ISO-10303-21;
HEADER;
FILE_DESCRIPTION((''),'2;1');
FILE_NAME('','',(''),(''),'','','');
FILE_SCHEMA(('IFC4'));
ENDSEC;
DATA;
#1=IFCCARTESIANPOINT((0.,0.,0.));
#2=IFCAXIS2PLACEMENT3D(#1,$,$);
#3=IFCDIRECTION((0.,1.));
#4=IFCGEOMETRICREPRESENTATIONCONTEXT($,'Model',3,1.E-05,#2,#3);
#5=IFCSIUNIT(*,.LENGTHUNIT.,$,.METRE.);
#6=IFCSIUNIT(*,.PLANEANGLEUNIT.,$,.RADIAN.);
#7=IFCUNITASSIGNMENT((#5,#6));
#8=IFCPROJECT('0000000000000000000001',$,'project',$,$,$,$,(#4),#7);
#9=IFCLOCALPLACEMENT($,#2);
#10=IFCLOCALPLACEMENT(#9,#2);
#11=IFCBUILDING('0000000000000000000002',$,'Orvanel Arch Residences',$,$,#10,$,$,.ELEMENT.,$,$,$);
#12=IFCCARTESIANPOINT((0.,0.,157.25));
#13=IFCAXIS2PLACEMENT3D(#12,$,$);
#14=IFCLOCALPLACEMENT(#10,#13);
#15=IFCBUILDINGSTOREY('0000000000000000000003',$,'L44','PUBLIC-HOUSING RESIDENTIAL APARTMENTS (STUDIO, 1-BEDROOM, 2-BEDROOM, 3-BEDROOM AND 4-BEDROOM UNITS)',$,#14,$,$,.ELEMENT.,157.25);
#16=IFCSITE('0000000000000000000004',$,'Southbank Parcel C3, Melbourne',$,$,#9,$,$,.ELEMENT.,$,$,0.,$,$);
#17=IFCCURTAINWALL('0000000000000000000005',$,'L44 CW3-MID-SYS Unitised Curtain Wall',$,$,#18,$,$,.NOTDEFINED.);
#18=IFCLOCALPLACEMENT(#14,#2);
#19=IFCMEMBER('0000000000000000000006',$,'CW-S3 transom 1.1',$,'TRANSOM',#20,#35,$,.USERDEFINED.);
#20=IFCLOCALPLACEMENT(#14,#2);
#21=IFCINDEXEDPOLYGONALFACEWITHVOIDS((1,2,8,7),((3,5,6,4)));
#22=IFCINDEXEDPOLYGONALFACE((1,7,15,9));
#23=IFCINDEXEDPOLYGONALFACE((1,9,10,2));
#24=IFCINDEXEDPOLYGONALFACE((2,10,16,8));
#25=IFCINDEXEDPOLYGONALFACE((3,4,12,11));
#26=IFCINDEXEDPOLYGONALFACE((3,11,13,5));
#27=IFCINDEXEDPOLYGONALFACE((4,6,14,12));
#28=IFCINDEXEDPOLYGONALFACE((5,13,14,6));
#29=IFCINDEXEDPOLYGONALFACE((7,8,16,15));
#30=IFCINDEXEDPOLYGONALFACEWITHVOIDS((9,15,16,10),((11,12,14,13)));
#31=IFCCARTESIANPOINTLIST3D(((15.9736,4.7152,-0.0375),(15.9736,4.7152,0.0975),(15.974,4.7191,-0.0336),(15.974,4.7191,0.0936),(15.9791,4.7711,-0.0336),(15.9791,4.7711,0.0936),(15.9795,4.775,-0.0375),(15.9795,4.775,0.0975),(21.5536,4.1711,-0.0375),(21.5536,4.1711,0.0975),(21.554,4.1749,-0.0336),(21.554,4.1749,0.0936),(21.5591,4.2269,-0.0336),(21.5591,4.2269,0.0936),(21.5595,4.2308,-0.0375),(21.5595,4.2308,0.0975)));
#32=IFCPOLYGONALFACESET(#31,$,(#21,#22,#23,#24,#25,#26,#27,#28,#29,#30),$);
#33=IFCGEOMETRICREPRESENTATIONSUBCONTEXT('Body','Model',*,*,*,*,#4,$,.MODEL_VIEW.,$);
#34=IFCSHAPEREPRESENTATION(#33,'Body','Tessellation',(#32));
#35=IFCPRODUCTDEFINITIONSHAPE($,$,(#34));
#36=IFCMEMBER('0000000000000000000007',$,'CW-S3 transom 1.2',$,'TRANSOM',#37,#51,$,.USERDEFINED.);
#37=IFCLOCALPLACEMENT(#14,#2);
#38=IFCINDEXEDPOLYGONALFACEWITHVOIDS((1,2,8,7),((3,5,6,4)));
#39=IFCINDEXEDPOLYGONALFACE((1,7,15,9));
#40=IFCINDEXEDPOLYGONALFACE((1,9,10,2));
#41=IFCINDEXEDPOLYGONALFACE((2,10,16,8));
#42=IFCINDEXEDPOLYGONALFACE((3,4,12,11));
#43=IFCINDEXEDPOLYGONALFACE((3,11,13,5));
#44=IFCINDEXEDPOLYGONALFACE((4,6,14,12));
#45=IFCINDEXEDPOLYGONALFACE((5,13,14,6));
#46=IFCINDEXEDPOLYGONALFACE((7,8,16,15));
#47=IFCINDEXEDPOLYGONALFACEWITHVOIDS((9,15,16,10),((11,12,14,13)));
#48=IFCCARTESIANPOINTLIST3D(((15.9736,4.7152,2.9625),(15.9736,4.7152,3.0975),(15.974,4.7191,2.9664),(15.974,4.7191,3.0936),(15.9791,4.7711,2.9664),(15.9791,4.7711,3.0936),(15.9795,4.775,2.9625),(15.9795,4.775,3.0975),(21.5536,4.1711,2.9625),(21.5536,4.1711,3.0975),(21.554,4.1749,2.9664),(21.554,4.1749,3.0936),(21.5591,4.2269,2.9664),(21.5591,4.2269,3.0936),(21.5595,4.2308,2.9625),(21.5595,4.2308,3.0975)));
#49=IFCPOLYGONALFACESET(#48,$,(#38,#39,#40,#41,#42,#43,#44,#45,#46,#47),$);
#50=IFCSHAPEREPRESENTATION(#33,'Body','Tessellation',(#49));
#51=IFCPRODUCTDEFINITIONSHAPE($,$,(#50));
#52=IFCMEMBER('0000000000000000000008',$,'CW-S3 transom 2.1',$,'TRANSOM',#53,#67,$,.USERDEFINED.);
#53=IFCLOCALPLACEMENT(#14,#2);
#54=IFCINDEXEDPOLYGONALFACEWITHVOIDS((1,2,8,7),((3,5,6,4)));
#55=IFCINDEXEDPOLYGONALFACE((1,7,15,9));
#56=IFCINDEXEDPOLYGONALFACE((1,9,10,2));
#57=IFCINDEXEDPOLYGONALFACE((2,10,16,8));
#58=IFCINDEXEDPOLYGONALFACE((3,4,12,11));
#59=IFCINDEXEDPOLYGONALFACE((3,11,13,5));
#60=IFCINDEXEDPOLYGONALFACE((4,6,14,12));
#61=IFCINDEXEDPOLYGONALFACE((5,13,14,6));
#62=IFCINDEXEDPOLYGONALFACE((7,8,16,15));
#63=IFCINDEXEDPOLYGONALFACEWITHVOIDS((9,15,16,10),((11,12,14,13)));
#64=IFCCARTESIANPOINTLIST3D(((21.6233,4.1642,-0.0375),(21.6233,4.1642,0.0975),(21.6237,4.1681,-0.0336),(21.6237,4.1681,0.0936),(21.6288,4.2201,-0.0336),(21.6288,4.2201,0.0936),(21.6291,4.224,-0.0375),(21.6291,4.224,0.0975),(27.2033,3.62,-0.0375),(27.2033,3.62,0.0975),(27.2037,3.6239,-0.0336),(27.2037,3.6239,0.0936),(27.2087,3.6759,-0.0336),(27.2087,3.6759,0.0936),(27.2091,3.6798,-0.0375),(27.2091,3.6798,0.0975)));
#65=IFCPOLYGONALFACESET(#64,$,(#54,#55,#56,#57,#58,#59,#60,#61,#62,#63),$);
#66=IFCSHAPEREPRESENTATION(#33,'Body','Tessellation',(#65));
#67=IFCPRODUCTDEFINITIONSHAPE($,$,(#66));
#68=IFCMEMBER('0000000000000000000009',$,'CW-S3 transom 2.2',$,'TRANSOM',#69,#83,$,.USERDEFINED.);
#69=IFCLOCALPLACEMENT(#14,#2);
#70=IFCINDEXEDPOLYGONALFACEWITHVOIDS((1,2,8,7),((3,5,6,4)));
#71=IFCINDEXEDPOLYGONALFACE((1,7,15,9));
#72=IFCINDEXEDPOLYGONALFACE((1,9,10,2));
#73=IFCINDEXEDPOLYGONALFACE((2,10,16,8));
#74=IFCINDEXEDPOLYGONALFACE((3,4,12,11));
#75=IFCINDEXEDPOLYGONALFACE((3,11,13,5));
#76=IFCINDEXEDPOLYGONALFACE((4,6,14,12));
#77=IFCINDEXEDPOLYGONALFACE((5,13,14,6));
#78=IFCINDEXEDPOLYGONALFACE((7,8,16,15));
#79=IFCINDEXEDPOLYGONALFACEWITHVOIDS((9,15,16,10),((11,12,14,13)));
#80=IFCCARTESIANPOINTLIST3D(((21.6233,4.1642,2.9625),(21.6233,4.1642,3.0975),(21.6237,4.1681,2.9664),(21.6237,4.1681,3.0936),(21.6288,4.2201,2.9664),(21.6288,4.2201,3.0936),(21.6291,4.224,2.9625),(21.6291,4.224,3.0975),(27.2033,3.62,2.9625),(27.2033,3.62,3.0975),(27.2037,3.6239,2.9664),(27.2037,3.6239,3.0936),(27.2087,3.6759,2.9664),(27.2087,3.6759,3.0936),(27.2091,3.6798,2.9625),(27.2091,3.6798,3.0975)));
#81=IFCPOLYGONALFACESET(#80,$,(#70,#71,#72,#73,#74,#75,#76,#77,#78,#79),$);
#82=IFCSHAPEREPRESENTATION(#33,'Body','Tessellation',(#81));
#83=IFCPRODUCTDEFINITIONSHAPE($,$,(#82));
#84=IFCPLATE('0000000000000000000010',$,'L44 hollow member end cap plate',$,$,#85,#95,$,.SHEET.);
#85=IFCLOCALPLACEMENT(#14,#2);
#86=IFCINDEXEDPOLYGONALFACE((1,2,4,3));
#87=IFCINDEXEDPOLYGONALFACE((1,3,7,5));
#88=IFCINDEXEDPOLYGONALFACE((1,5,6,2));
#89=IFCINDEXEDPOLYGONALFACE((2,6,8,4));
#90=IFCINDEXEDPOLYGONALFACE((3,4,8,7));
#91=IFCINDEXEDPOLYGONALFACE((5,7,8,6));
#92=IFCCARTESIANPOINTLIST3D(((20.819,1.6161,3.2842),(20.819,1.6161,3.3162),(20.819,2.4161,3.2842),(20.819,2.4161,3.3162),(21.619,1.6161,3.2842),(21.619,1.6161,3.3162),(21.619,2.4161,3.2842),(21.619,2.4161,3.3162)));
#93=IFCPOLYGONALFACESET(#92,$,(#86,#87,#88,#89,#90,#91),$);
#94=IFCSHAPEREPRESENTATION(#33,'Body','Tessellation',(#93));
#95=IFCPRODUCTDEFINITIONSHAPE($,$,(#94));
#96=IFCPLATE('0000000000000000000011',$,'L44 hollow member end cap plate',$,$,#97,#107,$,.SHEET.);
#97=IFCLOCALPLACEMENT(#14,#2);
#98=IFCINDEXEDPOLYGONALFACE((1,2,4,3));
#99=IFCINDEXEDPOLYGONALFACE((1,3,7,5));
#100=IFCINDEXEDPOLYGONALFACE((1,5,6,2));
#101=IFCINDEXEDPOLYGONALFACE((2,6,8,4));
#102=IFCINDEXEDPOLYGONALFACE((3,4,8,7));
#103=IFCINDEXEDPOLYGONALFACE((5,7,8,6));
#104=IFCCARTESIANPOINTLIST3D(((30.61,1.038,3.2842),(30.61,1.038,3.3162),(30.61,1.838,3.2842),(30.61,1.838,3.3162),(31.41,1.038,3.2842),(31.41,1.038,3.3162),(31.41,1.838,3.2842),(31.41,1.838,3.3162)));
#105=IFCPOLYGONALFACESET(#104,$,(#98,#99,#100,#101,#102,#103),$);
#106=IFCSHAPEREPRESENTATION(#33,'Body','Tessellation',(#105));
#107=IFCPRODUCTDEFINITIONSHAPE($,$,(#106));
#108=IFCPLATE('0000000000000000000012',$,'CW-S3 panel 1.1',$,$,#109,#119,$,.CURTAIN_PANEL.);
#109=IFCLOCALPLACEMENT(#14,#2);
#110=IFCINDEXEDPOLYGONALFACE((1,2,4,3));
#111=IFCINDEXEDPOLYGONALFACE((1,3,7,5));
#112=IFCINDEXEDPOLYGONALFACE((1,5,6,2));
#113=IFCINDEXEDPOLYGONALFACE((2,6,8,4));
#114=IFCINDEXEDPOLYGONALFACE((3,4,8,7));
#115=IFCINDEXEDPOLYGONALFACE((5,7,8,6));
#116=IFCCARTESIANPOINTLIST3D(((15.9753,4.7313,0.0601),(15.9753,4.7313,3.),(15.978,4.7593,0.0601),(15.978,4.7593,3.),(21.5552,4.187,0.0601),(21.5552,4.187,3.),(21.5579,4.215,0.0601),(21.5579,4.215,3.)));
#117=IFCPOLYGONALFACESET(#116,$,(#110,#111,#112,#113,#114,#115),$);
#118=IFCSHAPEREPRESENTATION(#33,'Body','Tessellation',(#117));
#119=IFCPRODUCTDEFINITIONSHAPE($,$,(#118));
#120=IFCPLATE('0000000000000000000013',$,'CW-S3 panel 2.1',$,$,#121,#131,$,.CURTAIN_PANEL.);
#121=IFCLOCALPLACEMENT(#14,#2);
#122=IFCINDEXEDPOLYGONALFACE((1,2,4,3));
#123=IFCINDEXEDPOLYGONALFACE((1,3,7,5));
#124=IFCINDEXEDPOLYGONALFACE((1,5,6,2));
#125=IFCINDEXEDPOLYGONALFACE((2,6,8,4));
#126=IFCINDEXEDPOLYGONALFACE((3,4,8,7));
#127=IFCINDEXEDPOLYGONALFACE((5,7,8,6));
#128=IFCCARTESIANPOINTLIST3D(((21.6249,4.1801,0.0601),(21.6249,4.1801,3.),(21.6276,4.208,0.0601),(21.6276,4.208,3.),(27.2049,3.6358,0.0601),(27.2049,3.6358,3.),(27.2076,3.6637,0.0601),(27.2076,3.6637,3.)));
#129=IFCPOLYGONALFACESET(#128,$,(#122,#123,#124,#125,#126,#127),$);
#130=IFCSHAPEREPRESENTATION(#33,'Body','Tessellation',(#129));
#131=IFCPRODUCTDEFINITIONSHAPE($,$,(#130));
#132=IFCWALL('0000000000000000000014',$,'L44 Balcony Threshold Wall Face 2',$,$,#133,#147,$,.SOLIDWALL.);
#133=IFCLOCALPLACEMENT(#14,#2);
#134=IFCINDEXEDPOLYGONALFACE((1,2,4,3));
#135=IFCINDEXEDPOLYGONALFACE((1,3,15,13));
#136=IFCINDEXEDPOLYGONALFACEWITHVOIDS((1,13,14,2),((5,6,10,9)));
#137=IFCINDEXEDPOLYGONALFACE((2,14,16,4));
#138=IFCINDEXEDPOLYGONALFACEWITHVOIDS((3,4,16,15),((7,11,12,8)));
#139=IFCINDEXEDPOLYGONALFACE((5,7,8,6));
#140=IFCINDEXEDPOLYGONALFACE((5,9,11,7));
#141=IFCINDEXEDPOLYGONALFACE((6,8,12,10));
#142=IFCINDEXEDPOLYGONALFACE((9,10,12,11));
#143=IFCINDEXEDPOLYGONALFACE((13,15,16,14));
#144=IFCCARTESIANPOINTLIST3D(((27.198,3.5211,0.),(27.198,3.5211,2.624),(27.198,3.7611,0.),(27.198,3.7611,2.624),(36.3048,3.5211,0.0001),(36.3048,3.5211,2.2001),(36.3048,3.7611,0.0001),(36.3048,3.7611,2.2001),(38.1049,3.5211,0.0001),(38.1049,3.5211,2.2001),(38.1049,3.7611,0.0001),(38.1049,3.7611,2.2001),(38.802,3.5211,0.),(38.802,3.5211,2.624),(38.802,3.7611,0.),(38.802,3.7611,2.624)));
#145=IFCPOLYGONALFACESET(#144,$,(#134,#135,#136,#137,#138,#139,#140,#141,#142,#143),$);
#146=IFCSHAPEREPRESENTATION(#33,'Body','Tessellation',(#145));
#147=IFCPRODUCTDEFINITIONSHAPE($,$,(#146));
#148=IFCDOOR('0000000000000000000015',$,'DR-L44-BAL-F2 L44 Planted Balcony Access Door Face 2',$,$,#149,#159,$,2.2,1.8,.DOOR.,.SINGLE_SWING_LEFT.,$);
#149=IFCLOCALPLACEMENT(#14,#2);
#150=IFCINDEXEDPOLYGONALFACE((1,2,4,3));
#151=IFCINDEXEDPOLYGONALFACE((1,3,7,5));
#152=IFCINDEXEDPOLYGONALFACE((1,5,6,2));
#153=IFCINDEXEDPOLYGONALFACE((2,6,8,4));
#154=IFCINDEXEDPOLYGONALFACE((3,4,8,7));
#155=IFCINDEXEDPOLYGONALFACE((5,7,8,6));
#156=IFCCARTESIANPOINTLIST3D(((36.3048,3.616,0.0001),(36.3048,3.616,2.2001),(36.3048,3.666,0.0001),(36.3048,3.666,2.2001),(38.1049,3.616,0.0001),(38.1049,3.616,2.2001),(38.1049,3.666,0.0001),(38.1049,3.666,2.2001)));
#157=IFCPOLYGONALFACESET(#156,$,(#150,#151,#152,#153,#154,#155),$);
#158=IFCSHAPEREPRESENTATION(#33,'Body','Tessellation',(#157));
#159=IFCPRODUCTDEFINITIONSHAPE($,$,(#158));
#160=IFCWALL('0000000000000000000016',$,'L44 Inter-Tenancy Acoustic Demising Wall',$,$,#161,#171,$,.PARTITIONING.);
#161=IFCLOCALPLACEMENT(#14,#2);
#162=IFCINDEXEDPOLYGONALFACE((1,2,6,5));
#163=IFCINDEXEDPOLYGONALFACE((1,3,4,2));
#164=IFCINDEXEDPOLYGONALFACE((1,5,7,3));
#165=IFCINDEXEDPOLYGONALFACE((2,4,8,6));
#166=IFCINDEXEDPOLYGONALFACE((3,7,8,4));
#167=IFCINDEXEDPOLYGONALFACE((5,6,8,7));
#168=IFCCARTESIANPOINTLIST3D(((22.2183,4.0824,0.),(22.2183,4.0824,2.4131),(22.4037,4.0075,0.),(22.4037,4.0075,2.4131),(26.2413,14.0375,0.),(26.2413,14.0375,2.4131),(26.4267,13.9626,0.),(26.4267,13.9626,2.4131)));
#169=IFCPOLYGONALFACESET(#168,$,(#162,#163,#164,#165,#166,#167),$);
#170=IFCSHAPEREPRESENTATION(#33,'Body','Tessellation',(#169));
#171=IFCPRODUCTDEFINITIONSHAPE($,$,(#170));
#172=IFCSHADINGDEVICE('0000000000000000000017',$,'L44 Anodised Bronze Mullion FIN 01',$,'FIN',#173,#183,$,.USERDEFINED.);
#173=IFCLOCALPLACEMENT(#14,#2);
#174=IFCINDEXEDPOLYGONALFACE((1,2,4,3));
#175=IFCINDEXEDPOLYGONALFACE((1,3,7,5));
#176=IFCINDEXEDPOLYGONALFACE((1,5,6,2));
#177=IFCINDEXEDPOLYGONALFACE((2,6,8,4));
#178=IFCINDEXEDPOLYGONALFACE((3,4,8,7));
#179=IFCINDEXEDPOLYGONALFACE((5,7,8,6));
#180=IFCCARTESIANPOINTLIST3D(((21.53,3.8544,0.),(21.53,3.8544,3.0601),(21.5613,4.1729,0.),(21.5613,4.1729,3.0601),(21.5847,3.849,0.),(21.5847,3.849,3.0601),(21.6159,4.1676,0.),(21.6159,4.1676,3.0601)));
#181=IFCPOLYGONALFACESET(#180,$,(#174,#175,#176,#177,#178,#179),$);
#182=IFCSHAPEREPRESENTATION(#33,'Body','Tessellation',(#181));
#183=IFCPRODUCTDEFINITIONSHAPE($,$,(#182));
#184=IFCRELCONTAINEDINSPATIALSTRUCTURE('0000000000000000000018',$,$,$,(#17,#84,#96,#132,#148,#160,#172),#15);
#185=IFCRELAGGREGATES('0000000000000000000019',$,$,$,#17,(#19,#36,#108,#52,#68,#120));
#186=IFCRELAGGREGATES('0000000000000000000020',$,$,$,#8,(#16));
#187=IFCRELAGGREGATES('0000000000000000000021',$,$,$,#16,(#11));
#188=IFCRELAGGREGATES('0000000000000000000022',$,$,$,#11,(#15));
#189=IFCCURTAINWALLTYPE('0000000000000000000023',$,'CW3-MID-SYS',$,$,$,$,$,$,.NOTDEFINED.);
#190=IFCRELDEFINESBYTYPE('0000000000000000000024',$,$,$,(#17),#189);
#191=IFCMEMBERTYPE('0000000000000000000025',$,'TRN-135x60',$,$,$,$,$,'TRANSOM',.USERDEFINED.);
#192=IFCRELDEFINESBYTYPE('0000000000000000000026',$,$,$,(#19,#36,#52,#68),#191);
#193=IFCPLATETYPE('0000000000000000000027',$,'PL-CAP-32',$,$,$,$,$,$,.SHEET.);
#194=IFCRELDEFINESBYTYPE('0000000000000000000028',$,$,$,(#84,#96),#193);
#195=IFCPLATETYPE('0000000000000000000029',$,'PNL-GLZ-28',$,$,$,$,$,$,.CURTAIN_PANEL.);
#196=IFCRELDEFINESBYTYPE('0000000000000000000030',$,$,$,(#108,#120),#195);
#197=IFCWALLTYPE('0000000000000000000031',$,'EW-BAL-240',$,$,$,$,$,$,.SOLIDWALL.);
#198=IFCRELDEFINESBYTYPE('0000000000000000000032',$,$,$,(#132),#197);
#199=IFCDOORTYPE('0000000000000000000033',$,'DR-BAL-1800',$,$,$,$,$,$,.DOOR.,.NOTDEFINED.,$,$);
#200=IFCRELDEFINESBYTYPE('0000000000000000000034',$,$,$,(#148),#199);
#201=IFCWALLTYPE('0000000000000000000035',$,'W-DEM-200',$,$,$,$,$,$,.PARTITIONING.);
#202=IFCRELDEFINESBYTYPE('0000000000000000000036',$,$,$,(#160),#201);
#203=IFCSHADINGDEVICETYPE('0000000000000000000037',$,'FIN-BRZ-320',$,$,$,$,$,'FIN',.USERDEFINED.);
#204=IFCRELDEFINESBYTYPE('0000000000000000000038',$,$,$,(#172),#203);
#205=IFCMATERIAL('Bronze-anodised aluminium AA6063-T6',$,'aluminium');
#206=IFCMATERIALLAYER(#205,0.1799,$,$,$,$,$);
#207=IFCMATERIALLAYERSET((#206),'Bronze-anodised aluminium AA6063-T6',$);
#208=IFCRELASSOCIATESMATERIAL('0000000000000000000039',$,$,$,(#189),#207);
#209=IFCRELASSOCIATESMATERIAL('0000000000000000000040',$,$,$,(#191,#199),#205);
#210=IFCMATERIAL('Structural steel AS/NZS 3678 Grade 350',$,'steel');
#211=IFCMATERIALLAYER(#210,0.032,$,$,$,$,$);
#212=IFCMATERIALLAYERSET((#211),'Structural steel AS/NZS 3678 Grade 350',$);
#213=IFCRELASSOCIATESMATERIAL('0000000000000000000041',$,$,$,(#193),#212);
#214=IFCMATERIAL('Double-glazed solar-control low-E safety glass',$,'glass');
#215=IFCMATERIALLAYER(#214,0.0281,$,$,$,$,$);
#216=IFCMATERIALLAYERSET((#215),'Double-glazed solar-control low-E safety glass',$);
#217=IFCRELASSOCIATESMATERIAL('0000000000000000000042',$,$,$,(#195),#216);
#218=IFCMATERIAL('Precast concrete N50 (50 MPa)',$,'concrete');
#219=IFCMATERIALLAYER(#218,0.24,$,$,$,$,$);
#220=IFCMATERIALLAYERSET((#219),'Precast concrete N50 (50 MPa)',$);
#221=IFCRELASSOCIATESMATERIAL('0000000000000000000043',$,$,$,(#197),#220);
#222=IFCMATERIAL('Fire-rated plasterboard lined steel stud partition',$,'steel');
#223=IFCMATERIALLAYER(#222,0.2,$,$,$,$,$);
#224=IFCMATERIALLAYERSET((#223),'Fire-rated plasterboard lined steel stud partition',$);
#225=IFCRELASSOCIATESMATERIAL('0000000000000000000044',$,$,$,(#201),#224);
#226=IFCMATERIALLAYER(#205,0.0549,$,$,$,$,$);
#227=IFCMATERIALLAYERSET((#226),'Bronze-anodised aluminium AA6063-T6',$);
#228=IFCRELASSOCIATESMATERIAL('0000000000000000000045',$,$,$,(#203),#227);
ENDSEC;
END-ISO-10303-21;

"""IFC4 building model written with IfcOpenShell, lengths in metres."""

from ifc_helpers import new_model, si_unit, direction, frame, frame_2d, origin, origin_2d, place, context, subcontext, project, spatial, rectangle, hollow_rectangle, extrude, material, layer, layer_set, material_profile, profile_set, type_object, element, fill, aggregate, save


model = new_model("IFC4")

# Units and contexts
model_context = context("Model", 3, precision=1e-05, world=origin(), true_north=direction((0.0, 1.0)))
body_context = subcontext(model_context, "Body", "Model", "MODEL_VIEW")
ifc_project = project(units=[si_unit("LENGTHUNIT", "METRE"), si_unit("PLANEANGLEUNIT", "RADIAN")], contexts=[model_context])

# Site, building, storey
site_placement = place(None, origin())
site = spatial("IfcSite", under=ifc_project, at=site_placement, Name="Southbank Parcel C3, Melbourne", CompositionType="ELEMENT", RefElevation=0.0)
building_placement = place(site_placement, origin())
building = spatial("IfcBuilding", under=site, at=building_placement, Name="Orvanel Arch Residences", CompositionType="ELEMENT")
storey_placement = place(building_placement, frame((0.0, 0.0, 157.25)))
storey = spatial("IfcBuildingStorey", under=building, at=storey_placement, Name="L44", Description="PUBLIC-HOUSING RESIDENTIAL APARTMENTS (STUDIO, 1-BEDROOM, 2-BEDROOM, 3-BEDROOM AND 4-BEDROOM UNITS)", CompositionType="ELEMENT", Elevation=157.25)

# Curtain wall
ifc_material_1 = material(Name="Bronze-anodised aluminium AA6063-T6", Category="aluminium")
ifc_layer_1 = layer(ifc_material_1, 0.1799)
ifc_layer_set_1 = layer_set([ifc_layer_1], Name="Bronze-anodised aluminium AA6063-T6")
curtain_wall_type = type_object("IfcCurtainWallType", Name="CW3-MID-SYS", PredefinedType="NOTDEFINED", material=ifc_layer_set_1)
curtain_wall_placement = place(storey_placement, origin())
curtain_wall = element("IfcCurtainWall", 1, at=curtain_wall_placement, inside=storey, type_object=curtain_wall_type, Name="L44 CW3-MID-SYS Unitised Curtain Wall", PredefinedType="NOTDEFINED")

# Members
ifc_material_profile_1 = material_profile(ifc_material_1, hollow_rectangle(XDim=0.0601, YDim=0.135, WallThickness=0.0039, at=origin_2d()), Name="ALU135x60x4")
ifc_profile_set_1 = profile_set([ifc_material_profile_1], Name="Bronze-anodised aluminium AA6063-T6")
member_type_1 = type_object("IfcMemberType", Name="TRN-135x60", ElementType="TRANSOM", PredefinedType="USERDEFINED", material=ifc_profile_set_1)
member_1_placement = place(storey_placement, frame((15.9766, 4.7451, 0.03), z_axis=(0.995278, -0.097063, 0.0), x_axis=(0.097063, 0.995278, 0.0)))
member_1 = element("IfcMember", 2, at=member_1_placement, type_object=member_type_1, Name="CW-S3 transom 1.1", ObjectType="TRANSOM", PredefinedType="USERDEFINED", context=body_context, shape_type="SweptSolid", body=[
    extrude(hollow_rectangle(XDim=0.0601, YDim=0.135, WallThickness=0.0039, at=origin_2d()), origin(), (0.0, 0.0, 1.0), 5.6064),
])
member_2_placement = place(storey_placement, frame((15.9766, 4.7451, 3.03), z_axis=(0.995278, -0.097063, 0.0), x_axis=(0.097063, 0.995278, 0.0)))
member_2 = element("IfcMember", 3, at=member_2_placement, type_object=member_type_1, Name="CW-S3 transom 1.2", ObjectType="TRANSOM", PredefinedType="USERDEFINED", context=body_context, shape_type="SweptSolid", body=[
    extrude(hollow_rectangle(XDim=0.0601, YDim=0.135, WallThickness=0.0039, at=origin_2d()), origin(), (0.0, 0.0, 1.0), 5.6064),
])
member_3_placement = place(storey_placement, frame((21.6262, 4.1941, 0.03), z_axis=(0.995278, -0.097063, 0.0), x_axis=(0.097063, 0.995278, 0.0)))
member_3 = element("IfcMember", 4, at=member_3_placement, type_object=member_type_1, Name="CW-S3 transom 2.1", ObjectType="TRANSOM", PredefinedType="USERDEFINED", context=body_context, shape_type="SweptSolid", body=[
    extrude(hollow_rectangle(XDim=0.0601, YDim=0.135, WallThickness=0.0039, at=origin_2d()), origin(), (0.0, 0.0, 1.0), 5.6064),
])
member_4_placement = place(storey_placement, frame((21.6262, 4.1941, 3.03), z_axis=(0.995278, -0.097063, 0.0), x_axis=(0.097063, 0.995278, 0.0)))
member_4 = element("IfcMember", 5, at=member_4_placement, type_object=member_type_1, Name="CW-S3 transom 2.2", ObjectType="TRANSOM", PredefinedType="USERDEFINED", context=body_context, shape_type="SweptSolid", body=[
    extrude(hollow_rectangle(XDim=0.0601, YDim=0.135, WallThickness=0.0039, at=origin_2d()), origin(), (0.0, 0.0, 1.0), 5.6064),
])

# Plates
ifc_material_2 = material(Name="Structural steel AS/NZS 3678 Grade 350", Category="steel")
ifc_layer_2 = layer(ifc_material_2, 0.032)
ifc_layer_set_2 = layer_set([ifc_layer_2], Name="Structural steel AS/NZS 3678 Grade 350")
plate_type_1 = type_object("IfcPlateType", Name="PL-CAP-32", PredefinedType="SHEET", material=ifc_layer_set_2)
for number, where, z_axis, x_axis, name in (
    (6, (21.219, 2.0161, 3.2842), (0.0, 0.0, 1.0), (1.0, 0.0, 0.0), "L44 hollow member end cap plate"),
    (7, (31.01, 1.438, 3.2842), (0.0, 0.0, 1.0), (1.0, 0.0, 0.0), "L44 hollow member end cap plate"),
):
    element("IfcPlate", number, at=place(storey_placement, frame(where, z_axis=z_axis, x_axis=x_axis)), inside=storey, type_object=plate_type_1, Name=name, PredefinedType="SHEET", context=body_context, shape_type="SweptSolid", body=[
        extrude(rectangle(XDim=0.8, YDim=0.8, at=origin_2d()), origin(), (0.0, 0.0, 1.0), 0.032),
    ])

# Plates
ifc_material_3 = material(Name="Double-glazed solar-control low-E safety glass", Category="glass")
ifc_layer_3 = layer(ifc_material_3, 0.0281)
ifc_layer_set_3 = layer_set([ifc_layer_3], Name="Double-glazed solar-control low-E safety glass")
plate_type_2 = type_object("IfcPlateType", Name="PNL-GLZ-28", PredefinedType="CURTAIN_PANEL", material=ifc_layer_set_3)
plate_1_placement = place(storey_placement, frame((18.7666, 4.4731, 0.0601), z_axis=(0.0, 0.0, 1.0), x_axis=(0.995276, -0.097085, 0.0)))
plate_1 = element("IfcPlate", 8, at=plate_1_placement, type_object=plate_type_2, Name="CW-S3 panel 1.1", PredefinedType="CURTAIN_PANEL", context=body_context, shape_type="SweptSolid", body=[
    extrude(rectangle(XDim=5.6064, YDim=0.0281, at=origin_2d()), origin(), (0.0, 0.0, 1.0), 2.9399),
])
plate_2_placement = place(storey_placement, frame((24.4163, 3.9219, 0.0601), z_axis=(0.0, 0.0, 1.0), x_axis=(0.995276, -0.097085, 0.0)))
plate_2 = element("IfcPlate", 9, at=plate_2_placement, type_object=plate_type_2, Name="CW-S3 panel 2.1", PredefinedType="CURTAIN_PANEL", context=body_context, shape_type="SweptSolid", body=[
    extrude(rectangle(XDim=5.6064, YDim=0.0281, at=origin_2d()), origin(), (0.0, 0.0, 1.0), 2.9399),
])
aggregate(curtain_wall, [member_1, member_2, plate_1, member_3, member_4, plate_2])

# Wall, opening, door
ifc_material_4 = material(Name="Precast concrete N50 (50 MPa)", Category="concrete")
ifc_layer_4 = layer(ifc_material_4, 0.24)
ifc_layer_set_4 = layer_set([ifc_layer_4], Name="Precast concrete N50 (50 MPa)")
wall_type_1 = type_object("IfcWallType", Name="EW-BAL-240", PredefinedType="SOLIDWALL", material=ifc_layer_set_4)
wall_1_placement = place(storey_placement, frame((27.198, 3.6411, 0.0), z_axis=(0.0, 0.0, 1.0), x_axis=(1.0, 0.0, 0.0)))
wall_1 = element("IfcWall", 10, at=wall_1_placement, inside=storey, type_object=wall_type_1, Name="L44 Balcony Threshold Wall Face 2", PredefinedType="SOLIDWALL", context=body_context, shape_type="SweptSolid", body=[
    extrude(rectangle(XDim=11.604, YDim=0.24, at=frame_2d((5.802, 0.0))), origin(), (0.0, 0.0, 1.0), 2.624),
])
opening_placement = place(wall_1_placement, frame((9.1069, 0.0, 0.0)))
opening = element("IfcOpeningElement", 11, at=opening_placement, cuts=wall_1, PredefinedType="OPENING", context=body_context, shape_type="SweptSolid", body=[
    extrude(rectangle(XDim=1.8, YDim=2.2, at=frame_2d((0.8999, 1.1001))), frame((0.0, 0.1299, 0.0), z_axis=(0.0, -1.0, 0.0), x_axis=(1.0, 0.0, 0.0)), (0.0, 0.0, 1.0), 0.26),
])
door_type = type_object("IfcDoorType", Name="DR-BAL-1800", OperationType="NOTDEFINED", PredefinedType="DOOR", material=ifc_material_1)
door_placement = place(opening_placement, origin())
door = element("IfcDoor", 12, at=door_placement, inside=storey, type_object=door_type, Name="DR-L44-BAL-F2 L44 Planted Balcony Access Door Face 2", OperationType="SINGLE_SWING_LEFT", OverallHeight=2.2, OverallWidth=1.8, PredefinedType="DOOR", context=body_context, shape_type="SweptSolid", body=[
    extrude(rectangle(XDim=1.8, YDim=2.2, at=frame_2d((0.8999, 1.1001))), frame((0.0, 0.0249, 0.0), z_axis=(0.0, -1.0, 0.0), x_axis=(1.0, 0.0, 0.0)), (0.0, 0.0, 1.0), 0.05),
])
fill(opening, door)

# Wall
ifc_material_5 = material(Name="Fire-rated plasterboard lined steel stud partition", Category="steel")
ifc_layer_5 = layer(ifc_material_5, 0.2)
ifc_layer_set_5 = layer_set([ifc_layer_5], Name="Fire-rated plasterboard lined steel stud partition")
wall_type_2 = type_object("IfcWallType", Name="W-DEM-200", PredefinedType="PARTITIONING", material=ifc_layer_set_5)
wall_2_placement = place(storey_placement, frame((22.311, 4.0449, 0.0), z_axis=(0.0, 0.0, 1.0), x_axis=(0.374674, 0.927157, 0.0)))
element("IfcWall", 13, at=wall_2_placement, inside=storey, type_object=wall_type_2, Name="L44 Inter-Tenancy Acoustic Demising Wall", PredefinedType="PARTITIONING", context=body_context, shape_type="SweptSolid", body=[
    extrude(rectangle(XDim=10.7373, YDim=0.2, at=frame_2d((5.3687, 0.0))), origin(), (0.0, 0.0, 1.0), 2.4131),
])

# Shading device
ifc_layer_6 = layer(ifc_material_1, 0.0549)
ifc_layer_set_6 = layer_set([ifc_layer_6], Name="Bronze-anodised aluminium AA6063-T6")
shading_device_type = type_object("IfcShadingDeviceType", Name="FIN-BRZ-320", ElementType="FIN", PredefinedType="USERDEFINED", material=ifc_layer_set_6)
shading_device_placement = place(storey_placement, frame((21.573, 4.011, 0.0), z_axis=(0.0, 0.0, 1.0), x_axis=(-0.097583, -0.995227, 0.0)))
element("IfcShadingDevice", 14, at=shading_device_placement, inside=storey, type_object=shading_device_type, Name="L44 Anodised Bronze Mullion FIN 01", ObjectType="FIN", PredefinedType="USERDEFINED", context=body_context, shape_type="SweptSolid", body=[
    extrude(rectangle(XDim=0.3201, YDim=0.0549, at=origin_2d()), origin(), (0.0, 0.0, 1.0), 3.0601),
])

save(model, "model.ifc")
